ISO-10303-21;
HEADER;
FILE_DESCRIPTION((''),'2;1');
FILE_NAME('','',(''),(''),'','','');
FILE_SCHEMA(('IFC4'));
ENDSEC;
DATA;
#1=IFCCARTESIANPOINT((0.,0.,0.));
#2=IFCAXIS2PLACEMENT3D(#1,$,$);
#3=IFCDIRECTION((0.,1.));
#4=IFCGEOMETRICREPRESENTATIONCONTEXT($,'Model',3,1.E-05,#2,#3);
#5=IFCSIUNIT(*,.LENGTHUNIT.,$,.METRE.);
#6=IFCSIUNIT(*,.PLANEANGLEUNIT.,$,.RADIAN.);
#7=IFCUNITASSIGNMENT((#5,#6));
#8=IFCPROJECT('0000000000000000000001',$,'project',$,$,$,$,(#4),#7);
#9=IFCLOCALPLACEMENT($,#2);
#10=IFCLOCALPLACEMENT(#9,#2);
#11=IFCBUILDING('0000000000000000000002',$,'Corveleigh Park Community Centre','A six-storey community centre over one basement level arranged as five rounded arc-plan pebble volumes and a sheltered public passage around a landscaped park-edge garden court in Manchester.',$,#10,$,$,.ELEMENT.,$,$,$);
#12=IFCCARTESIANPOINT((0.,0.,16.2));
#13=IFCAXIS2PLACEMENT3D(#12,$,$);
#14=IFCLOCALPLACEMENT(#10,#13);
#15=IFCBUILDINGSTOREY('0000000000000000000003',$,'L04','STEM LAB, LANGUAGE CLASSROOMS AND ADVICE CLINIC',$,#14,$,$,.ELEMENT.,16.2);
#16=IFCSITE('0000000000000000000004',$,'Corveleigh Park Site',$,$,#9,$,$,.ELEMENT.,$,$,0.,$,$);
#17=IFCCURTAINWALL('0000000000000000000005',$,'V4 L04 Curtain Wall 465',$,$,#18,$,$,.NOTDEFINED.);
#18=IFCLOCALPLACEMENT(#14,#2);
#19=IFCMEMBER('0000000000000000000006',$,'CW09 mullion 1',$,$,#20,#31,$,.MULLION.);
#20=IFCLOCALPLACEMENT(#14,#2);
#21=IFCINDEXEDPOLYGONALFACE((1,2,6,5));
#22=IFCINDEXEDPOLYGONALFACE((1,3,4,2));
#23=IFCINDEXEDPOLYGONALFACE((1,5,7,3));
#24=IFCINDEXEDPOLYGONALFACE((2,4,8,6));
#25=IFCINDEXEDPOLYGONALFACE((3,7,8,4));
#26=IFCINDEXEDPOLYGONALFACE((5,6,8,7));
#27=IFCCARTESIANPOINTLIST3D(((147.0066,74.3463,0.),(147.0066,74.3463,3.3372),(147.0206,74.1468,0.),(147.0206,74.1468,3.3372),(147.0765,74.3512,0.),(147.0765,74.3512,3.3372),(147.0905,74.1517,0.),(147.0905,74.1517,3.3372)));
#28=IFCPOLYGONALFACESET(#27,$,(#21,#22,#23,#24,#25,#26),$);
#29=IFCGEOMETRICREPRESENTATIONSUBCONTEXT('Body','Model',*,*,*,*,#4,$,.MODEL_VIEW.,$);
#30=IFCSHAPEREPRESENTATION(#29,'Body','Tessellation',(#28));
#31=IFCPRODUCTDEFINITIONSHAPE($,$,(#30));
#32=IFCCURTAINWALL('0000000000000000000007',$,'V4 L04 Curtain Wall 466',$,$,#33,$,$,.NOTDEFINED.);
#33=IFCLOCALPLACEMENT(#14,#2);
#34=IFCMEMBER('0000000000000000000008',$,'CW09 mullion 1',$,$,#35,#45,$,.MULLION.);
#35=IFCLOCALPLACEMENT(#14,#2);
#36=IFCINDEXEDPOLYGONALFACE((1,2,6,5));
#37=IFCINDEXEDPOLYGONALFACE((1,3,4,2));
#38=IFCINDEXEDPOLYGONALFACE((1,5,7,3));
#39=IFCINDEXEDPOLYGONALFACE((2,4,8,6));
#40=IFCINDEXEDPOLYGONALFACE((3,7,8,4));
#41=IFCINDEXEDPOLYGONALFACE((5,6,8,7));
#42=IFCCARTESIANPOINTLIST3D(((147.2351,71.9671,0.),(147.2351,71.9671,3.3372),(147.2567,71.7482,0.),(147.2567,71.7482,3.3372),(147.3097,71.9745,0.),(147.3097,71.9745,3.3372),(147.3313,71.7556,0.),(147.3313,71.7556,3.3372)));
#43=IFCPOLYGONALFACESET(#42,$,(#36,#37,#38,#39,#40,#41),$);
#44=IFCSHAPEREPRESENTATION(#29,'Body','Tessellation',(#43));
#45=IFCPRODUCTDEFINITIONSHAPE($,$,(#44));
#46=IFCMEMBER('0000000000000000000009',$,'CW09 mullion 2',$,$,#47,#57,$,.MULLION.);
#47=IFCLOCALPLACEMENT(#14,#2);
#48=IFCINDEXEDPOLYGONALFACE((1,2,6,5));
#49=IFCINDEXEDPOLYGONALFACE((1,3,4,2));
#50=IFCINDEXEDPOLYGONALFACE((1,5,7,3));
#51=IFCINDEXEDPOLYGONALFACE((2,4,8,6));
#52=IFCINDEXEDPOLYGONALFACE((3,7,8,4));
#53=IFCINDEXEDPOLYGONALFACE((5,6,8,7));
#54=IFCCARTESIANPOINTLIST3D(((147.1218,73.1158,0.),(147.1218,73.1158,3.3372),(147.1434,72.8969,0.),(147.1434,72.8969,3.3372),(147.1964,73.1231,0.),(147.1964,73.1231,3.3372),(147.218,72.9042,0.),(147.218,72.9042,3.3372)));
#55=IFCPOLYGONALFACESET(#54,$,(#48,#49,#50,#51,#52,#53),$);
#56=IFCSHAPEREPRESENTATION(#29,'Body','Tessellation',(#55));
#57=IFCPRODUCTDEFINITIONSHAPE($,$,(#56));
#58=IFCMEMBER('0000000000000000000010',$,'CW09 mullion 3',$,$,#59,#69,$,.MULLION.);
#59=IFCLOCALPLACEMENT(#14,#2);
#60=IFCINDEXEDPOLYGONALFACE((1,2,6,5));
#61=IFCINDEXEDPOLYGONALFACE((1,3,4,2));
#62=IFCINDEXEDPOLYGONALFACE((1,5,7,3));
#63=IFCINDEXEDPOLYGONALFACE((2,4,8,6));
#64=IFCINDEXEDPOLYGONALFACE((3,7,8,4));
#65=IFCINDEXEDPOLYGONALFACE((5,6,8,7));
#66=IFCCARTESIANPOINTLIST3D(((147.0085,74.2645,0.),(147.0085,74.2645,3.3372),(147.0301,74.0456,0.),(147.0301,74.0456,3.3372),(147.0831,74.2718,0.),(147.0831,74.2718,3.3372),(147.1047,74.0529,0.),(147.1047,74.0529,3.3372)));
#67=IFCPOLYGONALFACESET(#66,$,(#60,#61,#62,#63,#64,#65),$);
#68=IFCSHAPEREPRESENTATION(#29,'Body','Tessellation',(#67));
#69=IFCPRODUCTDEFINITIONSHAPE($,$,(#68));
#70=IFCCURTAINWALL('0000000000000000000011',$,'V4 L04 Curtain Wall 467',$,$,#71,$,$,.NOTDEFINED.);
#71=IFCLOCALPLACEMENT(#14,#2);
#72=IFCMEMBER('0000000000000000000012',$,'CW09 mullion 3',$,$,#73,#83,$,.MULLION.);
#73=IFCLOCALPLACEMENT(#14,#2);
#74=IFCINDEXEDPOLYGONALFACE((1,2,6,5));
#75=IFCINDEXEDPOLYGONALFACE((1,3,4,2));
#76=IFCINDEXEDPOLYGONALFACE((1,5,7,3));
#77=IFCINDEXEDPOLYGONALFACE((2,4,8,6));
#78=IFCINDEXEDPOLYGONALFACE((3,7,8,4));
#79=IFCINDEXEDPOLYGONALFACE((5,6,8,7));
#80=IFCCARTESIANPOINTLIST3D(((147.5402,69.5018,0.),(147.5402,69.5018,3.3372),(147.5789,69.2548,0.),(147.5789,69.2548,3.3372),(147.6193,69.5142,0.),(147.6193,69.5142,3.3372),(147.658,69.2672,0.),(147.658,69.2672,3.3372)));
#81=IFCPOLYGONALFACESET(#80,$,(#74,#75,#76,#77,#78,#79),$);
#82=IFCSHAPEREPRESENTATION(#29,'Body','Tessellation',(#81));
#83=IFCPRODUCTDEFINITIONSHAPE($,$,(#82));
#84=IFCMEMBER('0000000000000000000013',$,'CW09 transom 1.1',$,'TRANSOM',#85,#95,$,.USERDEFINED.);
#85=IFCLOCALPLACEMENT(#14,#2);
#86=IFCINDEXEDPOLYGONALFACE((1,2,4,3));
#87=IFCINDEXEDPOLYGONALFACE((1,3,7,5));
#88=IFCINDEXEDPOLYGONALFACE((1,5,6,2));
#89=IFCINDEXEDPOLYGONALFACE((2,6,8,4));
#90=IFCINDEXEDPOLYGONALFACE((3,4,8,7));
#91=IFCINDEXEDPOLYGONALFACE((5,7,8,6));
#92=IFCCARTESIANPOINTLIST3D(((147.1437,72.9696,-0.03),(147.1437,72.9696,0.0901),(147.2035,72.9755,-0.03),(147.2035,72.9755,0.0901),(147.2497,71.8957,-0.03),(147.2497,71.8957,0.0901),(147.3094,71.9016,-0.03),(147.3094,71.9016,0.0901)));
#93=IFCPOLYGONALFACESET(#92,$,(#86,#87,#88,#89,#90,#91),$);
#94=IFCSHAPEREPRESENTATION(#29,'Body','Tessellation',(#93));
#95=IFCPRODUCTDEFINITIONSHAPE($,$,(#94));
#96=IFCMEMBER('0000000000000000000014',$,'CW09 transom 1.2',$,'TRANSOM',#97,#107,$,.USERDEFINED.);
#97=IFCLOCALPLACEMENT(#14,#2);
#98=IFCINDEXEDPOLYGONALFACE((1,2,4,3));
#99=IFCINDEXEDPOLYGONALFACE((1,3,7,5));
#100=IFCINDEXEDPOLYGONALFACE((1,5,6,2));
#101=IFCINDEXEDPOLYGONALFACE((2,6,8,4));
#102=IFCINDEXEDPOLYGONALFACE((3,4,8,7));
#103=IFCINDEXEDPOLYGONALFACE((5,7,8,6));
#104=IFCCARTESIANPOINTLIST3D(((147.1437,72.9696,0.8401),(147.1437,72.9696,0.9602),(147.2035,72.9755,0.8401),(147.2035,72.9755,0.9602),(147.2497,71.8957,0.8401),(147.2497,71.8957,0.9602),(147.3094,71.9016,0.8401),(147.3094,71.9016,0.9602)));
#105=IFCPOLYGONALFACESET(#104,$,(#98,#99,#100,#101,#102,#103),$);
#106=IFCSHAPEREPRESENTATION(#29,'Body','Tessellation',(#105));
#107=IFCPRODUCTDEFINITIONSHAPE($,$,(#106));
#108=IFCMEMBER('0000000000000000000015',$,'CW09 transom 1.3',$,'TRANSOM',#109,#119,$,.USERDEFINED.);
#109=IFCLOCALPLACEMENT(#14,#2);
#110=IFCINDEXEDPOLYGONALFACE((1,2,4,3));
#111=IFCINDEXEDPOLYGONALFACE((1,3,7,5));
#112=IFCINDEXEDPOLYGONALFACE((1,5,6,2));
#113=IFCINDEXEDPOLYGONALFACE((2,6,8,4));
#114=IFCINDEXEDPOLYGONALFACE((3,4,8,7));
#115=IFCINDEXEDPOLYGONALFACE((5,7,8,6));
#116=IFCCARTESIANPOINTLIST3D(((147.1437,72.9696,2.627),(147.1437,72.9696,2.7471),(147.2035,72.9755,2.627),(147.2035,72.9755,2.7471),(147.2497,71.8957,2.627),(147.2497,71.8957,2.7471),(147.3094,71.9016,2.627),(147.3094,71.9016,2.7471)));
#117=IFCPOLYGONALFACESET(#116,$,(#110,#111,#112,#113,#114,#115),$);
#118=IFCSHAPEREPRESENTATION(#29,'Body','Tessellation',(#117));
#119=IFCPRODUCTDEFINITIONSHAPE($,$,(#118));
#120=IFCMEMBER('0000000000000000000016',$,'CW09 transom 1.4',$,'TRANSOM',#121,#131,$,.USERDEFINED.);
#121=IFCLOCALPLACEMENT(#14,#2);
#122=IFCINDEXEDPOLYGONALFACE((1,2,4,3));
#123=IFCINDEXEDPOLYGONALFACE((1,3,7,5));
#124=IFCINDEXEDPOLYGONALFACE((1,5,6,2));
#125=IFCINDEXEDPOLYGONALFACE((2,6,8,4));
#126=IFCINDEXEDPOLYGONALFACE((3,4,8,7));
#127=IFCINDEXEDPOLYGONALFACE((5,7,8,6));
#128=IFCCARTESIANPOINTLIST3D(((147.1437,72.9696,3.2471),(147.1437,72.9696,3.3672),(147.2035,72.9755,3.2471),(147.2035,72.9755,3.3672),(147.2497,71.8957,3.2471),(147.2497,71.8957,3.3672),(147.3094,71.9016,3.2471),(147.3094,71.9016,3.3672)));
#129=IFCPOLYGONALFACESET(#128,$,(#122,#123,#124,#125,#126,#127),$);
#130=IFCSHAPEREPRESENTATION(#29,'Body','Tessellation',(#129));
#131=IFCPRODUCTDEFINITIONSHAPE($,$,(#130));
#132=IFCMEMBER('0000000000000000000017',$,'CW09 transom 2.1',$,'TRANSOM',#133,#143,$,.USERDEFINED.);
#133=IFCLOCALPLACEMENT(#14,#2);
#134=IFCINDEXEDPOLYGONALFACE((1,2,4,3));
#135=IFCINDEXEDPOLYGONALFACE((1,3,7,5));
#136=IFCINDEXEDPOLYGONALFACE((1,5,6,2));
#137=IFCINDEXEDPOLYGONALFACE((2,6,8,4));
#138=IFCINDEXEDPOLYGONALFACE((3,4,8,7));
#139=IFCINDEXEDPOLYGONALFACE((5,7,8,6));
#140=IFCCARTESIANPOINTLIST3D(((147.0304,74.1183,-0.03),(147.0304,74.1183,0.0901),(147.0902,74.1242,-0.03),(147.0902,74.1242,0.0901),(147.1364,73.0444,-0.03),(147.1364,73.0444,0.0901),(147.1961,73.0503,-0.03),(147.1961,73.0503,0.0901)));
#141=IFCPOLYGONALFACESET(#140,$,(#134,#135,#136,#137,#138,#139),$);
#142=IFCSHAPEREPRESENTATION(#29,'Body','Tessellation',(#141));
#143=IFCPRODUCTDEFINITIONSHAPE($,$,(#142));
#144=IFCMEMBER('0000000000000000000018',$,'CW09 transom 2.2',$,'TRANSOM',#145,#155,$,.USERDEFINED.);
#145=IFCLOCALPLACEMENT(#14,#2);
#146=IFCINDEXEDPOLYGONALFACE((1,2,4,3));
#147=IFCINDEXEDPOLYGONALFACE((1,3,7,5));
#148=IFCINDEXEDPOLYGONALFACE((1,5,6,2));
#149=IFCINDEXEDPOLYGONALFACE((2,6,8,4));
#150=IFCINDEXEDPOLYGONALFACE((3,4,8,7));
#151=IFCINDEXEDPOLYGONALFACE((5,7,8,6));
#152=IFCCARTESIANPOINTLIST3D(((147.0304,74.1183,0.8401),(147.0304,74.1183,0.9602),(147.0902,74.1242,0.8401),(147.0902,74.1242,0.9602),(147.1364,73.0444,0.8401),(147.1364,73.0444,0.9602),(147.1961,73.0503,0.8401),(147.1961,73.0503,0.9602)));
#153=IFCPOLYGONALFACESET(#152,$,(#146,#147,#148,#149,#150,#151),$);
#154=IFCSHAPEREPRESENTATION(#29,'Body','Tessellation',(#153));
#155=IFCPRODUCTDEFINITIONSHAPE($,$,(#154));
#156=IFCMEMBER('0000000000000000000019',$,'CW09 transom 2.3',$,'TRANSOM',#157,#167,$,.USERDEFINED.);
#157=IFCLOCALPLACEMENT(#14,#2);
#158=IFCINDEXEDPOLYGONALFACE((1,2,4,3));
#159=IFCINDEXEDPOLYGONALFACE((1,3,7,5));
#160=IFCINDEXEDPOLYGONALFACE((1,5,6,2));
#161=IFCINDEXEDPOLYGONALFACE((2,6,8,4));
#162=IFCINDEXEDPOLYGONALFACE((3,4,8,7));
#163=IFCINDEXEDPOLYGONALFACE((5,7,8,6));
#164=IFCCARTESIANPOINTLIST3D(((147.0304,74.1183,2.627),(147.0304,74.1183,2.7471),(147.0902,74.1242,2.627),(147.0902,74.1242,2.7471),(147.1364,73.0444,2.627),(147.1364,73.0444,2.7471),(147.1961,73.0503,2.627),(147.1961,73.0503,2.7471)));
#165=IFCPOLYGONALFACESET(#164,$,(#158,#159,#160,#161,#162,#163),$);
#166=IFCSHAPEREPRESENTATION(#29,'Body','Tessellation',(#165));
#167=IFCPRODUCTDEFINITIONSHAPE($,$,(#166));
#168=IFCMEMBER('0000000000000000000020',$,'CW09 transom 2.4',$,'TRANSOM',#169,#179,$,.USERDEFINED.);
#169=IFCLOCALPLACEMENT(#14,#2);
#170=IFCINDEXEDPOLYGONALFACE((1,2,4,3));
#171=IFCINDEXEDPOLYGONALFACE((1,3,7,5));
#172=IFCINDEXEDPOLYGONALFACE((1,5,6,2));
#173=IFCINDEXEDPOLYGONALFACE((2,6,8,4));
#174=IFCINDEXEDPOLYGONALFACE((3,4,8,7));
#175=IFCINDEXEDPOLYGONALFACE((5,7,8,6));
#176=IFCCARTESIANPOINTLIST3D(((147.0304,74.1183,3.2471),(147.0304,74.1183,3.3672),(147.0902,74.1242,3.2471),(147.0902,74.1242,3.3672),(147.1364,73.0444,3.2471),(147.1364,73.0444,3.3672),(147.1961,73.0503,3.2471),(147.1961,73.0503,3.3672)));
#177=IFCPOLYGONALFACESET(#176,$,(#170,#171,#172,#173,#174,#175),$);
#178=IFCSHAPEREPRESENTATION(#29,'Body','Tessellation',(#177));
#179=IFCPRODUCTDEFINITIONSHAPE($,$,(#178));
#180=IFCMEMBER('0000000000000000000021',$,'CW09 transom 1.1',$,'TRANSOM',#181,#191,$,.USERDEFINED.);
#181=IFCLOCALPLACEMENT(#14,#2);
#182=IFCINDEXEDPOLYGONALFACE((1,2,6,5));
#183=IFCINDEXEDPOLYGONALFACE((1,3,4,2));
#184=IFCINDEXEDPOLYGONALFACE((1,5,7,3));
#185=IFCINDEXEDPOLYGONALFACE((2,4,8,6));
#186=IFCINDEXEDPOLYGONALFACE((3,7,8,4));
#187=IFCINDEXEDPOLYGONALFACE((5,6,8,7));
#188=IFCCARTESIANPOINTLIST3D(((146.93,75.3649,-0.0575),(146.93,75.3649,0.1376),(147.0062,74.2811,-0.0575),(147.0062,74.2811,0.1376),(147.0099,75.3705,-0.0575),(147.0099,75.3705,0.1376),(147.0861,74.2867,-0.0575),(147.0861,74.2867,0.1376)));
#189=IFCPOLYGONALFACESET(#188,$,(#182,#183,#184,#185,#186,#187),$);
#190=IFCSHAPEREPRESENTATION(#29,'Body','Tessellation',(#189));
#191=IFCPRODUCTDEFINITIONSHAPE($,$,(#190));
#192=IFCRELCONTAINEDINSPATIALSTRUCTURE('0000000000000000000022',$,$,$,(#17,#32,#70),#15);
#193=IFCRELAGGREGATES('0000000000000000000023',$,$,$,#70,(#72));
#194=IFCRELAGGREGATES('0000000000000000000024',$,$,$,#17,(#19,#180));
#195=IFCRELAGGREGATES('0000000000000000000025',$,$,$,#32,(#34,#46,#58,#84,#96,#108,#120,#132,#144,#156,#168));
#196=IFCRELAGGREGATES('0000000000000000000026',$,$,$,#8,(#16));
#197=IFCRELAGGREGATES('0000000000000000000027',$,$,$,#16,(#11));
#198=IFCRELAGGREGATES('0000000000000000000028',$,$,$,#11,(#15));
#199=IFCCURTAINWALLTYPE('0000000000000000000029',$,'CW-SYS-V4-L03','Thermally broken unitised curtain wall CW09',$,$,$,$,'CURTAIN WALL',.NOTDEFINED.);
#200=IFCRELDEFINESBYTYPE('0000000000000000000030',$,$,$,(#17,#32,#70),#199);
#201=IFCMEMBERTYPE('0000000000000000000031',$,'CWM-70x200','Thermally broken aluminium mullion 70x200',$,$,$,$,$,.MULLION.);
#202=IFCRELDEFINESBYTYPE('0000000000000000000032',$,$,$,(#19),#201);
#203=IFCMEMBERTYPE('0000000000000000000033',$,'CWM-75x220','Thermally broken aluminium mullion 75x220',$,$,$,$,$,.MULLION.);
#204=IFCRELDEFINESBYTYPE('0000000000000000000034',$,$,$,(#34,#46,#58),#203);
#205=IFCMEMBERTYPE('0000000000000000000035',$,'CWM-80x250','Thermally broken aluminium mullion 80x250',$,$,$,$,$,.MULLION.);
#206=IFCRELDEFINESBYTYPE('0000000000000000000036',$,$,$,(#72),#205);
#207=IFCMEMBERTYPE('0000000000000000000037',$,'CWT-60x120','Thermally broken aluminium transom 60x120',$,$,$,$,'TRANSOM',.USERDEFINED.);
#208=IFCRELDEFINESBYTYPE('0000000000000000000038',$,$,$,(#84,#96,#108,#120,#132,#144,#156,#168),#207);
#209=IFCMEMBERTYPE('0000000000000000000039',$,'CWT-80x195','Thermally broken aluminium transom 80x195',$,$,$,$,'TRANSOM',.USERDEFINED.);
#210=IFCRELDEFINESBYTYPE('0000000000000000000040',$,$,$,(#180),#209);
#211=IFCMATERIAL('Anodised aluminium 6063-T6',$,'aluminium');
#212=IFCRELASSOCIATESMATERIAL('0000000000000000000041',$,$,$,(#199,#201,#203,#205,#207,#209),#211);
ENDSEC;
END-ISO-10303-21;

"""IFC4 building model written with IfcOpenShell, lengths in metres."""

from ifc_helpers import new_model, si_unit, direction, frame, origin, origin_2d, place, context, subcontext, project, spatial, rectangle, extrude, material, material_profile, profile_set, type_object, element, aggregate, save


model = new_model("IFC4")

# Units and contexts
model_context = context("Model", 3, precision=1e-05, world=origin(), true_north=direction((0.0, 1.0)))
body_context = subcontext(model_context, "Body", "Model", "MODEL_VIEW")
ifc_project = project(units=[si_unit("LENGTHUNIT", "METRE"), si_unit("PLANEANGLEUNIT", "RADIAN")], contexts=[model_context])

# Site, building, storey
site_placement = place(None, origin())
site = spatial("IfcSite", under=ifc_project, at=site_placement, Name="Corveleigh Park Site", CompositionType="ELEMENT", RefElevation=0.0)
building_placement = place(site_placement, origin())
building = spatial("IfcBuilding", under=site, at=building_placement, Name="Corveleigh Park Community Centre", Description="A six-storey community centre over one basement level arranged as five rounded arc-plan pebble volumes and a sheltered public passage around a landscaped park-edge garden court in Manchester.", CompositionType="ELEMENT")
storey_placement = place(building_placement, frame((0.0, 0.0, 16.2)))
storey = spatial("IfcBuildingStorey", under=building, at=storey_placement, Name="L04", Description="STEM LAB, LANGUAGE CLASSROOMS AND ADVICE CLINIC", CompositionType="ELEMENT", Elevation=16.2)

# Curtain wall, member
ifc_material_1 = material(Name="Anodised aluminium 6063-T6", Category="aluminium")
curtain_wall_type = type_object("IfcCurtainWallType", Name="CW-SYS-V4-L03", Description="Thermally broken unitised curtain wall CW09", ElementType="CURTAIN WALL", PredefinedType="NOTDEFINED", material=ifc_material_1)
curtain_wall_1_placement = place(storey_placement, origin())
curtain_wall_1 = element("IfcCurtainWall", 1, at=curtain_wall_1_placement, inside=storey, type_object=curtain_wall_type, Name="V4 L04 Curtain Wall 465", PredefinedType="NOTDEFINED")
ifc_material_profile_1 = material_profile(ifc_material_1, rectangle(XDim=0.0701, YDim=0.2, at=origin_2d()), Name="ALU-M70x200", Category="aluminium")
ifc_profile_set_1 = profile_set([ifc_material_profile_1], Name="Anodised aluminium 6063-T6")
member_type_1 = type_object("IfcMemberType", Name="CWM-70x200", Description="Thermally broken aluminium mullion 70x200", PredefinedType="MULLION", material=ifc_profile_set_1)
member_1_placement = place(storey_placement, frame((147.0486, 74.249, 0.0), z_axis=(0.0, 0.0, 1.0), x_axis=(-0.997541, -0.070084, 0.0)))
member_1 = element("IfcMember", 2, at=member_1_placement, type_object=member_type_1, Name="CW09 mullion 1", PredefinedType="MULLION", context=body_context, shape_type="SweptSolid", body=[
    extrude(rectangle(XDim=0.0701, YDim=0.2, at=origin_2d()), origin(), (0.0, 0.0, 1.0), 3.3372),
])

# Curtain wall, members
curtain_wall_2_placement = place(storey_placement, origin())
curtain_wall_2 = element("IfcCurtainWall", 3, at=curtain_wall_2_placement, inside=storey, type_object=curtain_wall_type, Name="V4 L04 Curtain Wall 466", PredefinedType="NOTDEFINED")
ifc_material_profile_2 = material_profile(ifc_material_1, rectangle(XDim=0.075, YDim=0.22, at=origin_2d()), Name="ALU-M75x220", Category="aluminium")
ifc_profile_set_2 = profile_set([ifc_material_profile_2], Name="Anodised aluminium 6063-T6")
member_type_2 = type_object("IfcMemberType", Name="CWM-75x220", Description="Thermally broken aluminium mullion 75x220", PredefinedType="MULLION", material=ifc_profile_set_2)
member_2_placement = place(storey_placement, frame((147.2832, 71.8613, 0.0), z_axis=(0.0, 0.0, 1.0), x_axis=(-0.995169, -0.098174, 0.0)))
member_2 = element("IfcMember", 4, at=member_2_placement, type_object=member_type_2, Name="CW09 mullion 1", PredefinedType="MULLION", context=body_context, shape_type="SweptSolid", body=[
    extrude(rectangle(XDim=0.075, YDim=0.22, at=origin_2d()), origin(), (0.0, 0.0, 1.0), 3.3372),
])
member_3_placement = place(storey_placement, frame((147.1699, 73.01, 0.0), z_axis=(0.0, 0.0, 1.0), x_axis=(-0.995169, -0.098174, 0.0)))
member_3 = element("IfcMember", 5, at=member_3_placement, type_object=member_type_2, Name="CW09 mullion 2", PredefinedType="MULLION", context=body_context, shape_type="SweptSolid", body=[
    extrude(rectangle(XDim=0.075, YDim=0.22, at=origin_2d()), origin(), (0.0, 0.0, 1.0), 3.3372),
])
member_4_placement = place(storey_placement, frame((147.0566, 74.1587, 0.0), z_axis=(0.0, 0.0, 1.0), x_axis=(-0.995169, -0.098174, 0.0)))
member_4 = element("IfcMember", 6, at=member_4_placement, type_object=member_type_2, Name="CW09 mullion 3", PredefinedType="MULLION", context=body_context, shape_type="SweptSolid", body=[
    extrude(rectangle(XDim=0.075, YDim=0.22, at=origin_2d()), origin(), (0.0, 0.0, 1.0), 3.3372),
])

# Curtain wall, member
curtain_wall_3_placement = place(storey_placement, origin())
curtain_wall_3 = element("IfcCurtainWall", 7, at=curtain_wall_3_placement, inside=storey, type_object=curtain_wall_type, Name="V4 L04 Curtain Wall 467", PredefinedType="NOTDEFINED")
ifc_material_profile_3 = material_profile(ifc_material_1, rectangle(XDim=0.0801, YDim=0.25, at=origin_2d()), Name="ALU-M80x250", Category="aluminium")
ifc_profile_set_3 = profile_set([ifc_material_profile_3], Name="Anodised aluminium 6063-T6")
member_type_3 = type_object("IfcMemberType", Name="CWM-80x250", Description="Thermally broken aluminium mullion 80x250", PredefinedType="MULLION", material=ifc_profile_set_3)
member_5_placement = place(storey_placement, frame((147.5991, 69.3845, 0.0), z_axis=(0.0, 0.0, 1.0), x_axis=(-0.987936, -0.154863, 0.0)))
member_5 = element("IfcMember", 8, at=member_5_placement, type_object=member_type_3, Name="CW09 mullion 3", PredefinedType="MULLION", context=body_context, shape_type="SweptSolid", body=[
    extrude(rectangle(XDim=0.0801, YDim=0.25, at=origin_2d()), origin(), (0.0, 0.0, 1.0), 3.3372),
])
aggregate(curtain_wall_3, [member_5])

# Members
ifc_material_profile_4 = material_profile(ifc_material_1, rectangle(XDim=0.0601, YDim=0.1201, at=origin_2d()), Name="ALU-T60x120", Category="aluminium")
ifc_profile_set_4 = profile_set([ifc_material_profile_4], Name="Anodised aluminium 6063-T6")
member_type_4 = type_object("IfcMemberType", Name="CWT-60x120", Description="Thermally broken aluminium transom 60x120", ElementType="TRANSOM", PredefinedType="USERDEFINED", material=ifc_profile_set_4)
member_6_placement = place(storey_placement, frame((147.2795, 71.8987, 0.03), z_axis=(-0.098182, 0.995168, 0.0), x_axis=(-0.995168, -0.098182, 0.0)))
member_6 = element("IfcMember", 9, at=member_6_placement, type_object=member_type_4, Name="CW09 transom 1.1", ObjectType="TRANSOM", PredefinedType="USERDEFINED", context=body_context, shape_type="SweptSolid", body=[
    extrude(rectangle(XDim=0.0601, YDim=0.1201, at=origin_2d()), origin(), (0.0, 0.0, 1.0), 1.0791),
])
member_7_placement = place(storey_placement, frame((147.2795, 71.8987, 0.9001), z_axis=(-0.098182, 0.995168, 0.0), x_axis=(-0.995168, -0.098182, 0.0)))
member_7 = element("IfcMember", 10, at=member_7_placement, type_object=member_type_4, Name="CW09 transom 1.2", ObjectType="TRANSOM", PredefinedType="USERDEFINED", context=body_context, shape_type="SweptSolid", body=[
    extrude(rectangle(XDim=0.0601, YDim=0.1201, at=origin_2d()), origin(), (0.0, 0.0, 1.0), 1.0791),
])
member_8_placement = place(storey_placement, frame((147.2795, 71.8987, 2.687), z_axis=(-0.098182, 0.995168, 0.0), x_axis=(-0.995168, -0.098182, 0.0)))
member_8 = element("IfcMember", 11, at=member_8_placement, type_object=member_type_4, Name="CW09 transom 1.3", ObjectType="TRANSOM", PredefinedType="USERDEFINED", context=body_context, shape_type="SweptSolid", body=[
    extrude(rectangle(XDim=0.0601, YDim=0.1201, at=origin_2d()), origin(), (0.0, 0.0, 1.0), 1.0791),
])
member_9_placement = place(storey_placement, frame((147.2795, 71.8987, 3.3071), z_axis=(-0.098182, 0.995168, 0.0), x_axis=(-0.995168, -0.098182, 0.0)))
member_9 = element("IfcMember", 12, at=member_9_placement, type_object=member_type_4, Name="CW09 transom 1.4", ObjectType="TRANSOM", PredefinedType="USERDEFINED", context=body_context, shape_type="SweptSolid", body=[
    extrude(rectangle(XDim=0.0601, YDim=0.1201, at=origin_2d()), origin(), (0.0, 0.0, 1.0), 1.0791),
])
member_10_placement = place(storey_placement, frame((147.1663, 73.0474, 0.03), z_axis=(-0.098182, 0.995168, 0.0), x_axis=(-0.995168, -0.098182, 0.0)))
member_10 = element("IfcMember", 13, at=member_10_placement, type_object=member_type_4, Name="CW09 transom 2.1", ObjectType="TRANSOM", PredefinedType="USERDEFINED", context=body_context, shape_type="SweptSolid", body=[
    extrude(rectangle(XDim=0.0601, YDim=0.1201, at=origin_2d()), origin(), (0.0, 0.0, 1.0), 1.0791),
])
member_11_placement = place(storey_placement, frame((147.1663, 73.0474, 0.9001), z_axis=(-0.098182, 0.995168, 0.0), x_axis=(-0.995168, -0.098182, 0.0)))
member_11 = element("IfcMember", 14, at=member_11_placement, type_object=member_type_4, Name="CW09 transom 2.2", ObjectType="TRANSOM", PredefinedType="USERDEFINED", context=body_context, shape_type="SweptSolid", body=[
    extrude(rectangle(XDim=0.0601, YDim=0.1201, at=origin_2d()), origin(), (0.0, 0.0, 1.0), 1.0791),
])
member_12_placement = place(storey_placement, frame((147.1663, 73.0474, 2.687), z_axis=(-0.098182, 0.995168, 0.0), x_axis=(-0.995168, -0.098182, 0.0)))
member_12 = element("IfcMember", 15, at=member_12_placement, type_object=member_type_4, Name="CW09 transom 2.3", ObjectType="TRANSOM", PredefinedType="USERDEFINED", context=body_context, shape_type="SweptSolid", body=[
    extrude(rectangle(XDim=0.0601, YDim=0.1201, at=origin_2d()), origin(), (0.0, 0.0, 1.0), 1.0791),
])
member_13_placement = place(storey_placement, frame((147.1663, 73.0474, 3.3071), z_axis=(-0.098182, 0.995168, 0.0), x_axis=(-0.995168, -0.098182, 0.0)))
member_13 = element("IfcMember", 16, at=member_13_placement, type_object=member_type_4, Name="CW09 transom 2.4", ObjectType="TRANSOM", PredefinedType="USERDEFINED", context=body_context, shape_type="SweptSolid", body=[
    extrude(rectangle(XDim=0.0601, YDim=0.1201, at=origin_2d()), origin(), (0.0, 0.0, 1.0), 1.0791),
])
ifc_material_profile_5 = material_profile(ifc_material_1, rectangle(XDim=0.0801, YDim=0.1951, at=origin_2d()), Name="ALU-T80x195", Category="aluminium")
ifc_profile_set_5 = profile_set([ifc_material_profile_5], Name="Anodised aluminium 6063-T6")
member_type_5 = type_object("IfcMemberType", Name="CWT-80x195", Description="Thermally broken aluminium transom 80x195", ElementType="TRANSOM", PredefinedType="USERDEFINED", material=ifc_profile_set_5)
member_14_placement = place(storey_placement, frame((147.0461, 74.2839, 0.04), z_axis=(-0.070113, 0.997539, 0.0), x_axis=(-0.997539, -0.070113, 0.0)))
member_14 = element("IfcMember", 17, at=member_14_placement, type_object=member_type_5, Name="CW09 transom 1.1", ObjectType="TRANSOM", PredefinedType="USERDEFINED", context=body_context, shape_type="SweptSolid", body=[
    extrude(rectangle(XDim=0.0801, YDim=0.1951, at=origin_2d()), origin(), (0.0, 0.0, 1.0), 1.0864),
])

aggregate(curtain_wall_1, [member_1, member_14])
aggregate(curtain_wall_2, [member_2, member_3, member_4, member_6, member_7, member_8, member_9, member_10, member_11, member_12, member_13])

save(model, "model.ifc")
